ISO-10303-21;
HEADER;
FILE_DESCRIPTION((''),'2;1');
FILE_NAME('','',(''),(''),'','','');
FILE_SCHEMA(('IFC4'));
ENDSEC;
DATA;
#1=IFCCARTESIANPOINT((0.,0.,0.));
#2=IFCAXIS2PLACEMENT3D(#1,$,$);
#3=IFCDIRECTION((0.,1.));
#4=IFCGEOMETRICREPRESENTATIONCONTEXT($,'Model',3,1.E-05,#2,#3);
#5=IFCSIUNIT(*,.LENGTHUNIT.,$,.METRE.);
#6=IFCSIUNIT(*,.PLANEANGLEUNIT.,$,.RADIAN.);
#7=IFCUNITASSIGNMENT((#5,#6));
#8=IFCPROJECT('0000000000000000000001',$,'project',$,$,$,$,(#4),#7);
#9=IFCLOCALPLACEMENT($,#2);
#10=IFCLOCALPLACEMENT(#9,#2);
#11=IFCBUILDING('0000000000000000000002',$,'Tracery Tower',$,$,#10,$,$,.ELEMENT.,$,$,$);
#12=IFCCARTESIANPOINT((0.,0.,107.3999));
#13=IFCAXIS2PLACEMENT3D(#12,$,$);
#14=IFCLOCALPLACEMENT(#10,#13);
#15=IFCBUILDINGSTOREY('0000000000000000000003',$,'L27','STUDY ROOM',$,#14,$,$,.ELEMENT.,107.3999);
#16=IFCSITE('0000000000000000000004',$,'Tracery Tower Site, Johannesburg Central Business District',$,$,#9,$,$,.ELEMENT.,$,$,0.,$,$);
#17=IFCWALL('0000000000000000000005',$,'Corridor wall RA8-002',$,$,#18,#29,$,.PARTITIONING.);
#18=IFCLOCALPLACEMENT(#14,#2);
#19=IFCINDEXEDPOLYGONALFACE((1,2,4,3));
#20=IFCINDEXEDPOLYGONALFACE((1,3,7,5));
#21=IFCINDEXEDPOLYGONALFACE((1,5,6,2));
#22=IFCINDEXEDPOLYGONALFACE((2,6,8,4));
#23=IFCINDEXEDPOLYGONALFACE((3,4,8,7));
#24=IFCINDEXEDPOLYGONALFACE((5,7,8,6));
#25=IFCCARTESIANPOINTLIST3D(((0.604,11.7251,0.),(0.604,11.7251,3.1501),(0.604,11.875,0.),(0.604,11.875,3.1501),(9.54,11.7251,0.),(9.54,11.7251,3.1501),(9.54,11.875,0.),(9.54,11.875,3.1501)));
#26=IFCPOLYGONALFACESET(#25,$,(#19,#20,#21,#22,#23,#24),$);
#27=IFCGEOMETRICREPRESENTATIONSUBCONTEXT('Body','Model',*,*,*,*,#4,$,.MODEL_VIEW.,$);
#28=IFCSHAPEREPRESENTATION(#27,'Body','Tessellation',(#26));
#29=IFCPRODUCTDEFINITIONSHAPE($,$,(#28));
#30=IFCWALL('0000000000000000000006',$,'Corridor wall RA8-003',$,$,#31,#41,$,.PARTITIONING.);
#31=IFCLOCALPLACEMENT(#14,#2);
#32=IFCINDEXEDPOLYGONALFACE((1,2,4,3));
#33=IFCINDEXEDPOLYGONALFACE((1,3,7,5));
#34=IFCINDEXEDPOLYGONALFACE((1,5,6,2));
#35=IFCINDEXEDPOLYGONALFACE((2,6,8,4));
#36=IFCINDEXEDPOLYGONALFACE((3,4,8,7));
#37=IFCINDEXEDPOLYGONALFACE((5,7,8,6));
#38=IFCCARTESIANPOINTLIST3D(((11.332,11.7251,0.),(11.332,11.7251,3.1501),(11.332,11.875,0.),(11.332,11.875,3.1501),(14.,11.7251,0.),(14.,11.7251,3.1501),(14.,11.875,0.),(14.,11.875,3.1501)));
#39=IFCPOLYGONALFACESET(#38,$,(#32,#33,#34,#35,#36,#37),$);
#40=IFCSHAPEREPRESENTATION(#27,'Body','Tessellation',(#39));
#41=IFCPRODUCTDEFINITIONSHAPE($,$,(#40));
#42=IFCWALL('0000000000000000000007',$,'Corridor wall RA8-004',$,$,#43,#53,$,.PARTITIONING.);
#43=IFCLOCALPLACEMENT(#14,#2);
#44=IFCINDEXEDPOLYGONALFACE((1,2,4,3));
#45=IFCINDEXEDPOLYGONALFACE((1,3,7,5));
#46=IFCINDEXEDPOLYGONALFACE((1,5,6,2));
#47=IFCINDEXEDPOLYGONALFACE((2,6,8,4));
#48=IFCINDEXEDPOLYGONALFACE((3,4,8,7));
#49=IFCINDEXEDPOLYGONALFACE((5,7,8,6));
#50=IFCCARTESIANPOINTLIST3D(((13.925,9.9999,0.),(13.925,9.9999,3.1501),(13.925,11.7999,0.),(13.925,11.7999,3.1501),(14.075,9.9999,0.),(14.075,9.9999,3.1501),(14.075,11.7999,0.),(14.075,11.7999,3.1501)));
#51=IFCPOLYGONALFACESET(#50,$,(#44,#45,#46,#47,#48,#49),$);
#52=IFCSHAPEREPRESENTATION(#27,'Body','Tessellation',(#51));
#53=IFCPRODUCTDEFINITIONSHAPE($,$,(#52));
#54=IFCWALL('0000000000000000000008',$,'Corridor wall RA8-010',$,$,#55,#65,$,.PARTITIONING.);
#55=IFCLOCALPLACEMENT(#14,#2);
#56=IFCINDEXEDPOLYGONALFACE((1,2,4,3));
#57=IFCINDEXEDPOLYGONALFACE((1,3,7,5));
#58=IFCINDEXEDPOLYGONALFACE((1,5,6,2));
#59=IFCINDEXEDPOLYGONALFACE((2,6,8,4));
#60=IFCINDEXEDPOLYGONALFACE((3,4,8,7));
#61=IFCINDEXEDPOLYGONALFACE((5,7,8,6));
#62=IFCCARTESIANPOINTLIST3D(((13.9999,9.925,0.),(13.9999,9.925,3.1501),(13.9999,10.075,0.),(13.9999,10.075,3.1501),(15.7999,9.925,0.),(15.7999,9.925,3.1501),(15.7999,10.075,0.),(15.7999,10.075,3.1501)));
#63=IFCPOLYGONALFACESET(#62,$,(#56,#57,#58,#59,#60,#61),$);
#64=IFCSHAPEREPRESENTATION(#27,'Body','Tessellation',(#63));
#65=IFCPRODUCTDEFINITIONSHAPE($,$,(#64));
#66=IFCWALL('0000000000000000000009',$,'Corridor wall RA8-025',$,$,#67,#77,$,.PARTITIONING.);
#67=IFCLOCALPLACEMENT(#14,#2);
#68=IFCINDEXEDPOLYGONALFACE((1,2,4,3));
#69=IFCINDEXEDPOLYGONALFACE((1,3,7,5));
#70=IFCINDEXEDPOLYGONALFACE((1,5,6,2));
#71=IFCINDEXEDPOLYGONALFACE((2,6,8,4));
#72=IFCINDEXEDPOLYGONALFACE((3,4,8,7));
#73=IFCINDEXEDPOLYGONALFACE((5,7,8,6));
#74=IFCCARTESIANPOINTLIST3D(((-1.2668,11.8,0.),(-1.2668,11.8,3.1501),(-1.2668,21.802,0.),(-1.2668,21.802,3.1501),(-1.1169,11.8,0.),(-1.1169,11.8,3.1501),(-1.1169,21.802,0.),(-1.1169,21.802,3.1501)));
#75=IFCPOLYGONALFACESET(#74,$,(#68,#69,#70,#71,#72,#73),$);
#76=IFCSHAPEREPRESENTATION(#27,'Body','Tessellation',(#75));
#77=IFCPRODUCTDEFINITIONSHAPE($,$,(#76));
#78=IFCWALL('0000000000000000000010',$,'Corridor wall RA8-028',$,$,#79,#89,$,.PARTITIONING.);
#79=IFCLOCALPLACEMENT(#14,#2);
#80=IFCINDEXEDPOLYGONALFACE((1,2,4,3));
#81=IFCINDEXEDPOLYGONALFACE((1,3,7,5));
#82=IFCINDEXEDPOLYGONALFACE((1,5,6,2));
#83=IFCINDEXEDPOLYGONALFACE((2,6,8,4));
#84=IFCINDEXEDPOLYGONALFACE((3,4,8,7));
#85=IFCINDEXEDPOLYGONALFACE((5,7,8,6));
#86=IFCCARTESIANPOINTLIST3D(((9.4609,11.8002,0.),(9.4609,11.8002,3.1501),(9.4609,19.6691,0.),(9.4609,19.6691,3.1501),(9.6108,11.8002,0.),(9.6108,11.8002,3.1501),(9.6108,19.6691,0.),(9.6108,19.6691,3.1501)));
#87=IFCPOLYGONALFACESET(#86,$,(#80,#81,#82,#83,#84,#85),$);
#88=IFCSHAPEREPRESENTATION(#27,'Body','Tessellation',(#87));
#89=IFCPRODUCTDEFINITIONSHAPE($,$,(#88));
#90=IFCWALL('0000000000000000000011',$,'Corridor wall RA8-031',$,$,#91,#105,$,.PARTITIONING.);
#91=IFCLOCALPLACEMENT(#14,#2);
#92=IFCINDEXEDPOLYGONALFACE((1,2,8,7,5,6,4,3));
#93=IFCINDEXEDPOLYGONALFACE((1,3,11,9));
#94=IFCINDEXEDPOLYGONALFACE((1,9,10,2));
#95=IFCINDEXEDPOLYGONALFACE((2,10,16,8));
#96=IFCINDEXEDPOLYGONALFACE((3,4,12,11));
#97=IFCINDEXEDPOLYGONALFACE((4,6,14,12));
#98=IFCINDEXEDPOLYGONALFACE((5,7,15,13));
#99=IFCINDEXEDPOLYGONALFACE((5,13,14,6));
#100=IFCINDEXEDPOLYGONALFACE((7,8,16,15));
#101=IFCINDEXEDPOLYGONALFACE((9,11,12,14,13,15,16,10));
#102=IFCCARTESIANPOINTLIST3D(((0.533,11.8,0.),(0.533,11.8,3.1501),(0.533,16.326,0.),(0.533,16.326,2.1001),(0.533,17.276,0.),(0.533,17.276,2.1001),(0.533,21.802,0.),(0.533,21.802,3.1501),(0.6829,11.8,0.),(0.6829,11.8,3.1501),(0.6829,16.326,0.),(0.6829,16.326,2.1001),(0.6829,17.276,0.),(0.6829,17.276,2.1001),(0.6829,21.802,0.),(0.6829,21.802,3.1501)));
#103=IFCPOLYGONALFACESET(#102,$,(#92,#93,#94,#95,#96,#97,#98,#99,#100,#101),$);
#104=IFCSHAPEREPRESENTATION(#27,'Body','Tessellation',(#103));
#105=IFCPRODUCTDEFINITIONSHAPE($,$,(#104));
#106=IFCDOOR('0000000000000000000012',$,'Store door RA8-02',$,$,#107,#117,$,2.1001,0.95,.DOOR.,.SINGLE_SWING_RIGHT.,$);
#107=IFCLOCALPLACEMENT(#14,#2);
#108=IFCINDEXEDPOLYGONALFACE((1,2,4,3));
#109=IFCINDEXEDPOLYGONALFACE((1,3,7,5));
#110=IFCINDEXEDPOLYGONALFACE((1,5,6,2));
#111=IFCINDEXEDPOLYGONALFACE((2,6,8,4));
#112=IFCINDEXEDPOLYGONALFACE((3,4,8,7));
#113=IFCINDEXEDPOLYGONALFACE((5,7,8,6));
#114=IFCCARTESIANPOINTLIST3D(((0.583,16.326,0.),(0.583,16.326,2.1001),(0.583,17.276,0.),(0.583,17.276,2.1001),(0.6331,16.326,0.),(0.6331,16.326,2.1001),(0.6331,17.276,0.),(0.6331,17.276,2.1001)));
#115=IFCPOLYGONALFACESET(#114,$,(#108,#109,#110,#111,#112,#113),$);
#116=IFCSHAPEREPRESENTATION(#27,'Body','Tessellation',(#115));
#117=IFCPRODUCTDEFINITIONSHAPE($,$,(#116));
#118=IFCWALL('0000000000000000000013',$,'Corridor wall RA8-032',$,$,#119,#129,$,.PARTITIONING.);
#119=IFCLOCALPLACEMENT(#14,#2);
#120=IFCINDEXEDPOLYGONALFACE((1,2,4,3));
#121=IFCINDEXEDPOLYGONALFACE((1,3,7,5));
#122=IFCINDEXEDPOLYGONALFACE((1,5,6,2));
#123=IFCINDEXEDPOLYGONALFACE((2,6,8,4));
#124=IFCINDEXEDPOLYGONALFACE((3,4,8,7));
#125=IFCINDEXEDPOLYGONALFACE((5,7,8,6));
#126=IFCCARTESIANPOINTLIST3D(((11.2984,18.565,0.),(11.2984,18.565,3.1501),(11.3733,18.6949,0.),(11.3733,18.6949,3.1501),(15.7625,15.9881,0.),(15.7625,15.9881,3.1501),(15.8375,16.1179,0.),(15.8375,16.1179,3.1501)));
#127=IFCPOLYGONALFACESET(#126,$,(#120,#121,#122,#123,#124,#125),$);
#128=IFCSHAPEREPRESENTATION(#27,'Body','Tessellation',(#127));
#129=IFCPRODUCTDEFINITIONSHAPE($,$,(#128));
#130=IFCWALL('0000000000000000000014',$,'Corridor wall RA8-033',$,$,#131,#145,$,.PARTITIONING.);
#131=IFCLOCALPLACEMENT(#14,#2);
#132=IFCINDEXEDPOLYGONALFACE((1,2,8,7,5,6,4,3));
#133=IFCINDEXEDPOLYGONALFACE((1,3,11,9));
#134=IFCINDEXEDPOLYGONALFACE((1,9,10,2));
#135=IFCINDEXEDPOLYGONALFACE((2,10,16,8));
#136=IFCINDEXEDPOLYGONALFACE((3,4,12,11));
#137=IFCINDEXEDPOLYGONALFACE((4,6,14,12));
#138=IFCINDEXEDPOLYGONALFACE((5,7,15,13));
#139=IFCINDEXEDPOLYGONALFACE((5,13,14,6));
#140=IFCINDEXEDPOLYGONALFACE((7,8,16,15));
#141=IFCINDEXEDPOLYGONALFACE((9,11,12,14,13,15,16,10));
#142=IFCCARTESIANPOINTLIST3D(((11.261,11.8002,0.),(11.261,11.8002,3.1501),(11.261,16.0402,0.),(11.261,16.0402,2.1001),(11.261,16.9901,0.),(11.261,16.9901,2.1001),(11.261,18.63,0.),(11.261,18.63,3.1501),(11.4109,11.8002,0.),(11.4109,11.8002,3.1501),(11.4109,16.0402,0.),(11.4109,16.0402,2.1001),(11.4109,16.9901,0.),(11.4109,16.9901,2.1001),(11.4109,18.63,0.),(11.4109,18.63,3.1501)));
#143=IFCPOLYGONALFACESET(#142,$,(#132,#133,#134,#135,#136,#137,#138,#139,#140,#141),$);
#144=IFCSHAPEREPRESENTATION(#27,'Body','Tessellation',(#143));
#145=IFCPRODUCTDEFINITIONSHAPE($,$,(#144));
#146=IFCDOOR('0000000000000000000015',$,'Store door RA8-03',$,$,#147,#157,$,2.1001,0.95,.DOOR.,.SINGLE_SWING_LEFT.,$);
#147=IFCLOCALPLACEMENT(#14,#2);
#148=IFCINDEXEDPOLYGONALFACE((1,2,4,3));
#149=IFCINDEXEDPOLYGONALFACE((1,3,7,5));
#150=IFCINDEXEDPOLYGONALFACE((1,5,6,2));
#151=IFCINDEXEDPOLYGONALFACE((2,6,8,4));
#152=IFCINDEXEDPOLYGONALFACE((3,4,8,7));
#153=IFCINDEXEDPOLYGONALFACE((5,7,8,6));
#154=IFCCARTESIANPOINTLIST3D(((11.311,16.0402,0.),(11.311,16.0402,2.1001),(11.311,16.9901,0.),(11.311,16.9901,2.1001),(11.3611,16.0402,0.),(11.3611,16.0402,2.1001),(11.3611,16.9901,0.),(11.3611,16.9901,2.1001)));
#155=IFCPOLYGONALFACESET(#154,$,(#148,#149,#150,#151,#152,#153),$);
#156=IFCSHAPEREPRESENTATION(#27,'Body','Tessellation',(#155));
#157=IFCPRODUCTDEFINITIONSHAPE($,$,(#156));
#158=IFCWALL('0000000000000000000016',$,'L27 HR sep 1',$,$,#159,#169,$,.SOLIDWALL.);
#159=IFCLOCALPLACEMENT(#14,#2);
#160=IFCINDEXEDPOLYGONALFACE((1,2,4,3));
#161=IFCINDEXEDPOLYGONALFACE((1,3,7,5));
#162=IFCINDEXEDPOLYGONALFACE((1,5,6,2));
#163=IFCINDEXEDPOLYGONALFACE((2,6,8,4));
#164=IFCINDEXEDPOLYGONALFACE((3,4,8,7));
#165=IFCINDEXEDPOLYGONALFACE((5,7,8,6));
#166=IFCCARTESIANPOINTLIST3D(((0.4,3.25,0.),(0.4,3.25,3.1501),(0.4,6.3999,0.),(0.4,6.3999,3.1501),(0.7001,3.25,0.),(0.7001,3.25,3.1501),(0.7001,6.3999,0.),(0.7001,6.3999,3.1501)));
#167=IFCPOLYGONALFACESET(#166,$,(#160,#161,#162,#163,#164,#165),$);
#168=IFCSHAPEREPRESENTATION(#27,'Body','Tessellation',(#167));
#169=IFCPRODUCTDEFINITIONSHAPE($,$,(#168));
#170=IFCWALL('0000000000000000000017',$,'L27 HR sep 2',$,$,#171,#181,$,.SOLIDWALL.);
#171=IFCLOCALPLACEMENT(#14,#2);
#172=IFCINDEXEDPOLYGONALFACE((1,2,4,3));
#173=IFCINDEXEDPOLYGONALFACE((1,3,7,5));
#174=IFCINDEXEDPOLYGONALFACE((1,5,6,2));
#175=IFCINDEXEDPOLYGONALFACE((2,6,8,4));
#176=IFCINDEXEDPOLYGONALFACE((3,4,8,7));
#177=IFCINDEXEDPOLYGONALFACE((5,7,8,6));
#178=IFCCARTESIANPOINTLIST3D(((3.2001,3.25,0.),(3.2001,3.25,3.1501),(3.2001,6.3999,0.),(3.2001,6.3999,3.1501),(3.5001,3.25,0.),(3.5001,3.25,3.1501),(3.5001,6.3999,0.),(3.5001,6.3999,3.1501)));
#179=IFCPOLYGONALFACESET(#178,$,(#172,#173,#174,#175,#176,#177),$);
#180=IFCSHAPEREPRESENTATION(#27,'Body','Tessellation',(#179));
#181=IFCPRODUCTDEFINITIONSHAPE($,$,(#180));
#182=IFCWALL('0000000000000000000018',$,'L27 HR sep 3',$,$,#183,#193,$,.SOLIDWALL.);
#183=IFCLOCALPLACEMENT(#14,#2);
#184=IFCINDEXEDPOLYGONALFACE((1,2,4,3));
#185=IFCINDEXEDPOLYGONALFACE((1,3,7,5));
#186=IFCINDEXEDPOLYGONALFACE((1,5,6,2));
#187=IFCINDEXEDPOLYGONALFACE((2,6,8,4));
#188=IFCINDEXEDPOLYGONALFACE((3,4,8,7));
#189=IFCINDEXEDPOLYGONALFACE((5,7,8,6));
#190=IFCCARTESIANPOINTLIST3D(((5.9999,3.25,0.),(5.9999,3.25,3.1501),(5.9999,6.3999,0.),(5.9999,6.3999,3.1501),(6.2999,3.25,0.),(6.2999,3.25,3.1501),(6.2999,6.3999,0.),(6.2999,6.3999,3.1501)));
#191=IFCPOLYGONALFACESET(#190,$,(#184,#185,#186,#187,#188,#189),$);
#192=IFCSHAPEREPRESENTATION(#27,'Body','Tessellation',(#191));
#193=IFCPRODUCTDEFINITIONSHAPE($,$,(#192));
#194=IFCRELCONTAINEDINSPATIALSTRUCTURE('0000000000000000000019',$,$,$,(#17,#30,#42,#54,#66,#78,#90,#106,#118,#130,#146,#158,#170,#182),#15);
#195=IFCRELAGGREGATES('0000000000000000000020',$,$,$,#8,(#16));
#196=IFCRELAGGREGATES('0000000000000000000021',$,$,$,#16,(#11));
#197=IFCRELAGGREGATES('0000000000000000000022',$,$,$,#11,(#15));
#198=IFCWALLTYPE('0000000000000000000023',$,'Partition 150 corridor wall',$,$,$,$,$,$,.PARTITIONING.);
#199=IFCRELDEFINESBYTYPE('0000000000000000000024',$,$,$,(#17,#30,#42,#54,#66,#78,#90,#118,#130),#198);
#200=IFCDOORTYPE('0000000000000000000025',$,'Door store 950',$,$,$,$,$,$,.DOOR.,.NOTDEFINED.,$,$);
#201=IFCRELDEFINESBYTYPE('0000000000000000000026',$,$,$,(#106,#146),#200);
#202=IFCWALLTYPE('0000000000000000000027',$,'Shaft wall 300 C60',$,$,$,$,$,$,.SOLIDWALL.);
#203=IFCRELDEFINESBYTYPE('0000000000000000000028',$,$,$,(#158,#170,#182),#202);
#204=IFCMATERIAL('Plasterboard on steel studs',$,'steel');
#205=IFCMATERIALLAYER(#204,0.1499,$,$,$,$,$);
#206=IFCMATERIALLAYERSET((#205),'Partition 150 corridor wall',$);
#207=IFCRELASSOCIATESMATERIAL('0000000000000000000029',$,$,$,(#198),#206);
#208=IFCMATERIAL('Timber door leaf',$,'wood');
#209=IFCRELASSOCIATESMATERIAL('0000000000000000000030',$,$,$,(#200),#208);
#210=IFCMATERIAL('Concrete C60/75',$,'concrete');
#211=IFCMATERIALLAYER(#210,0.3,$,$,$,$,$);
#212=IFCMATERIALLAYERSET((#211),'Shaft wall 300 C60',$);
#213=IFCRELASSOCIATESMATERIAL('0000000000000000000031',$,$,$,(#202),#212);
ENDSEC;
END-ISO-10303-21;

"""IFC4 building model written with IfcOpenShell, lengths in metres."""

from ifc_helpers import new_model, si_unit, direction, frame, frame_2d, origin, place, context, subcontext, project, spatial, rectangle, extrude, material, layer, layer_set, type_object, element, fill, save


model = new_model("IFC4")

# Units and contexts
model_context = context("Model", 3, precision=1e-05, world=origin(), true_north=direction((0.0, 1.0)))
body_context = subcontext(model_context, "Body", "Model", "MODEL_VIEW")
ifc_project = project(units=[si_unit("LENGTHUNIT", "METRE"), si_unit("PLANEANGLEUNIT", "RADIAN")], contexts=[model_context])

# Site, building, storey
site_placement = place(None, origin())
site = spatial("IfcSite", under=ifc_project, at=site_placement, Name="Tracery Tower Site, Johannesburg Central Business District", CompositionType="ELEMENT", RefElevation=0.0)
building_placement = place(site_placement, origin())
building = spatial("IfcBuilding", under=site, at=building_placement, Name="Tracery Tower", CompositionType="ELEMENT")
storey_placement = place(building_placement, frame((0.0, 0.0, 107.3999)))
storey = spatial("IfcBuildingStorey", under=building, at=storey_placement, Name="L27", Description="STUDY ROOM", CompositionType="ELEMENT", Elevation=107.3999)

# Walls
ifc_material_1 = material(Name="Plasterboard on steel studs", Category="steel")
ifc_layer_1 = layer(ifc_material_1, 0.1499)
ifc_layer_set_1 = layer_set([ifc_layer_1], Name="Partition 150 corridor wall")
wall_type_1 = type_object("IfcWallType", Name="Partition 150 corridor wall", PredefinedType="PARTITIONING", material=ifc_layer_set_1)
wall_1_placement = place(storey_placement, frame((0.604, 11.8, 0.0), z_axis=(0.0, 0.0, 1.0), x_axis=(1.0, 0.0, 0.0)))
element("IfcWall", 1, at=wall_1_placement, inside=storey, type_object=wall_type_1, Name="Corridor wall RA8-002", PredefinedType="PARTITIONING", context=body_context, shape_type="SweptSolid", body=[
    extrude(rectangle(XDim=8.936, YDim=0.1499, at=frame_2d((4.468, 0.0))), origin(), (0.0, 0.0, 1.0), 3.1501),
])
wall_2_placement = place(storey_placement, frame((11.332, 11.8, 0.0), z_axis=(0.0, 0.0, 1.0), x_axis=(1.0, 0.0, 0.0)))
element("IfcWall", 2, at=wall_2_placement, inside=storey, type_object=wall_type_1, Name="Corridor wall RA8-003", PredefinedType="PARTITIONING", context=body_context, shape_type="SweptSolid", body=[
    extrude(rectangle(XDim=2.668, YDim=0.1499, at=frame_2d((1.334, 0.0))), origin(), (0.0, 0.0, 1.0), 3.1501),
])
for number, where, z_axis, x_axis, name in (
    (3, (14.0, 10.0, 0.0), (0.0, 0.0, 1.0), (0.0, 1.0, 0.0), "Corridor wall RA8-004"),
    (4, (14.0, 10.0, 0.0), (0.0, 0.0, 1.0), (1.0, 0.0, 0.0), "Corridor wall RA8-010"),
):
    element("IfcWall", number, at=place(storey_placement, frame(where, z_axis=z_axis, x_axis=x_axis)), inside=storey, type_object=wall_type_1, Name=name, PredefinedType="PARTITIONING", context=body_context, shape_type="SweptSolid", body=[
        extrude(rectangle(XDim=1.8, YDim=0.1499, at=frame_2d((0.8999, 0.0))), origin(), (0.0, 0.0, 1.0), 3.1501),
    ])
wall_3_placement = place(storey_placement, frame((-1.1919, 11.8, 0.0), z_axis=(0.0, 0.0, 1.0), x_axis=(0.0, 1.0, 0.0)))
element("IfcWall", 5, at=wall_3_placement, inside=storey, type_object=wall_type_1, Name="Corridor wall RA8-025", PredefinedType="PARTITIONING", context=body_context, shape_type="SweptSolid", body=[
    extrude(rectangle(XDim=10.002, YDim=0.1499, at=frame_2d((5.001, 0.0))), origin(), (0.0, 0.0, 1.0), 3.1501),
])
wall_4_placement = place(storey_placement, frame((9.5359, 11.8, 0.0), z_axis=(0.0, 0.0, 1.0), x_axis=(0.0, 1.0, 0.0)))
element("IfcWall", 6, at=wall_4_placement, inside=storey, type_object=wall_type_1, Name="Corridor wall RA8-028", PredefinedType="PARTITIONING", context=body_context, shape_type="SweptSolid", body=[
    extrude(rectangle(XDim=7.8689, YDim=0.1499, at=frame_2d((3.9346, 0.0))), origin(), (0.0, 0.0, 1.0), 3.1501),
])

# Wall, opening, door
wall_5_placement = place(storey_placement, frame((0.6079, 11.8, 0.0), z_axis=(0.0, 0.0, 1.0), x_axis=(0.0, 1.0, 0.0)))
wall_5 = element("IfcWall", 7, at=wall_5_placement, inside=storey, type_object=wall_type_1, Name="Corridor wall RA8-031", PredefinedType="PARTITIONING", context=body_context, shape_type="SweptSolid", body=[
    extrude(rectangle(XDim=10.002, YDim=0.1499, at=frame_2d((5.001, 0.0))), origin(), (0.0, 0.0, 1.0), 3.1501),
])
opening_1_placement = place(wall_5_placement, frame((4.5259, 0.0, 0.0)))
opening_1 = element("IfcOpeningElement", 8, at=opening_1_placement, cuts=wall_5, PredefinedType="OPENING", context=body_context, shape_type="SweptSolid", body=[
    extrude(rectangle(XDim=0.95, YDim=2.1001, at=frame_2d((0.4751, 1.05))), frame((0.0, 0.075, 0.0), z_axis=(0.0, -1.0, 0.0), x_axis=(1.0, 0.0, 0.0)), (0.0, 0.0, 1.0), 0.1499),
])
ifc_material_2 = material(Name="Timber door leaf", Category="wood")
door_type_1 = type_object("IfcDoorType", Name="Door store 950", OperationType="NOTDEFINED", PredefinedType="DOOR", material=ifc_material_2)
door_1_placement = place(opening_1_placement, origin())
door_1 = element("IfcDoor", 9, at=door_1_placement, inside=storey, type_object=door_type_1, Name="Store door RA8-02", OperationType="SINGLE_SWING_RIGHT", OverallHeight=2.1001, OverallWidth=0.95, PredefinedType="DOOR", context=body_context, shape_type="SweptSolid", body=[
    extrude(rectangle(XDim=0.95, YDim=2.1001, at=frame_2d((0.4751, 1.05))), frame((0.0, 0.0249, 0.0), z_axis=(0.0, -1.0, 0.0), x_axis=(1.0, 0.0, 0.0)), (0.0, 0.0, 1.0), 0.05),
])
fill(opening_1, door_1)

# Wall
wall_6_placement = place(storey_placement, frame((11.3359, 18.6299, 0.0), z_axis=(0.0, 0.0, 1.0), x_axis=(0.866063, -0.499934, 0.0)))
element("IfcWall", 10, at=wall_6_placement, inside=storey, type_object=wall_type_1, Name="Corridor wall RA8-032", PredefinedType="PARTITIONING", context=body_context, shape_type="SweptSolid", body=[
    extrude(rectangle(XDim=5.1545, YDim=0.1499, at=frame_2d((2.5771, 0.0))), origin(), (0.0, 0.0, 1.0), 3.1501),
])

# Wall, opening, door
wall_7_placement = place(storey_placement, frame((11.3359, 11.8, 0.0), z_axis=(0.0, 0.0, 1.0), x_axis=(0.0, 1.0, 0.0)))
wall_7 = element("IfcWall", 11, at=wall_7_placement, inside=storey, type_object=wall_type_1, Name="Corridor wall RA8-033", PredefinedType="PARTITIONING", context=body_context, shape_type="SweptSolid", body=[
    extrude(rectangle(XDim=6.8298, YDim=0.1499, at=frame_2d((3.415, 0.0))), origin(), (0.0, 0.0, 1.0), 3.1501),
])
opening_2_placement = place(wall_7_placement, frame((4.24, 0.0, 0.0)))
opening_2 = element("IfcOpeningElement", 12, at=opening_2_placement, cuts=wall_7, PredefinedType="OPENING", context=body_context, shape_type="SweptSolid", body=[
    extrude(rectangle(XDim=0.95, YDim=2.1001, at=frame_2d((0.4751, 1.05))), frame((0.0, 0.075, 0.0), z_axis=(0.0, -1.0, 0.0), x_axis=(1.0, 0.0, 0.0)), (0.0, 0.0, 1.0), 0.1499),
])
door_2_placement = place(opening_2_placement, origin())
door_2 = element("IfcDoor", 13, at=door_2_placement, inside=storey, type_object=door_type_1, Name="Store door RA8-03", OperationType="SINGLE_SWING_LEFT", OverallHeight=2.1001, OverallWidth=0.95, PredefinedType="DOOR", context=body_context, shape_type="SweptSolid", body=[
    extrude(rectangle(XDim=0.95, YDim=2.1001, at=frame_2d((0.4751, 1.05))), frame((0.0, 0.0249, 0.0), z_axis=(0.0, -1.0, 0.0), x_axis=(1.0, 0.0, 0.0)), (0.0, 0.0, 1.0), 0.05),
])
fill(opening_2, door_2)

# Walls
ifc_material_3 = material(Name="Concrete C60/75", Category="concrete")
ifc_layer_2 = layer(ifc_material_3, 0.3)
ifc_layer_set_2 = layer_set([ifc_layer_2], Name="Shaft wall 300 C60")
wall_type_2 = type_object("IfcWallType", Name="Shaft wall 300 C60", PredefinedType="SOLIDWALL", material=ifc_layer_set_2)
for number, where, z_axis, x_axis, name in (
    (14, (0.55, 3.25, 0.0), (0.0, 0.0, 1.0), (0.0, 1.0, 0.0), "L27 HR sep 1"),
    (15, (3.3501, 3.25, 0.0), (0.0, 0.0, 1.0), (0.0, 1.0, 0.0), "L27 HR sep 2"),
    (16, (6.1499, 3.25, 0.0), (0.0, 0.0, 1.0), (0.0, 1.0, 0.0), "L27 HR sep 3"),
):
    element("IfcWall", number, at=place(storey_placement, frame(where, z_axis=z_axis, x_axis=x_axis)), inside=storey, type_object=wall_type_2, Name=name, PredefinedType="SOLIDWALL", context=body_context, shape_type="SweptSolid", body=[
        extrude(rectangle(XDim=3.1499, YDim=0.3, at=frame_2d((1.575, 0.0))), origin(), (0.0, 0.0, 1.0), 3.1501),
    ])

save(model, "model.ifc")
